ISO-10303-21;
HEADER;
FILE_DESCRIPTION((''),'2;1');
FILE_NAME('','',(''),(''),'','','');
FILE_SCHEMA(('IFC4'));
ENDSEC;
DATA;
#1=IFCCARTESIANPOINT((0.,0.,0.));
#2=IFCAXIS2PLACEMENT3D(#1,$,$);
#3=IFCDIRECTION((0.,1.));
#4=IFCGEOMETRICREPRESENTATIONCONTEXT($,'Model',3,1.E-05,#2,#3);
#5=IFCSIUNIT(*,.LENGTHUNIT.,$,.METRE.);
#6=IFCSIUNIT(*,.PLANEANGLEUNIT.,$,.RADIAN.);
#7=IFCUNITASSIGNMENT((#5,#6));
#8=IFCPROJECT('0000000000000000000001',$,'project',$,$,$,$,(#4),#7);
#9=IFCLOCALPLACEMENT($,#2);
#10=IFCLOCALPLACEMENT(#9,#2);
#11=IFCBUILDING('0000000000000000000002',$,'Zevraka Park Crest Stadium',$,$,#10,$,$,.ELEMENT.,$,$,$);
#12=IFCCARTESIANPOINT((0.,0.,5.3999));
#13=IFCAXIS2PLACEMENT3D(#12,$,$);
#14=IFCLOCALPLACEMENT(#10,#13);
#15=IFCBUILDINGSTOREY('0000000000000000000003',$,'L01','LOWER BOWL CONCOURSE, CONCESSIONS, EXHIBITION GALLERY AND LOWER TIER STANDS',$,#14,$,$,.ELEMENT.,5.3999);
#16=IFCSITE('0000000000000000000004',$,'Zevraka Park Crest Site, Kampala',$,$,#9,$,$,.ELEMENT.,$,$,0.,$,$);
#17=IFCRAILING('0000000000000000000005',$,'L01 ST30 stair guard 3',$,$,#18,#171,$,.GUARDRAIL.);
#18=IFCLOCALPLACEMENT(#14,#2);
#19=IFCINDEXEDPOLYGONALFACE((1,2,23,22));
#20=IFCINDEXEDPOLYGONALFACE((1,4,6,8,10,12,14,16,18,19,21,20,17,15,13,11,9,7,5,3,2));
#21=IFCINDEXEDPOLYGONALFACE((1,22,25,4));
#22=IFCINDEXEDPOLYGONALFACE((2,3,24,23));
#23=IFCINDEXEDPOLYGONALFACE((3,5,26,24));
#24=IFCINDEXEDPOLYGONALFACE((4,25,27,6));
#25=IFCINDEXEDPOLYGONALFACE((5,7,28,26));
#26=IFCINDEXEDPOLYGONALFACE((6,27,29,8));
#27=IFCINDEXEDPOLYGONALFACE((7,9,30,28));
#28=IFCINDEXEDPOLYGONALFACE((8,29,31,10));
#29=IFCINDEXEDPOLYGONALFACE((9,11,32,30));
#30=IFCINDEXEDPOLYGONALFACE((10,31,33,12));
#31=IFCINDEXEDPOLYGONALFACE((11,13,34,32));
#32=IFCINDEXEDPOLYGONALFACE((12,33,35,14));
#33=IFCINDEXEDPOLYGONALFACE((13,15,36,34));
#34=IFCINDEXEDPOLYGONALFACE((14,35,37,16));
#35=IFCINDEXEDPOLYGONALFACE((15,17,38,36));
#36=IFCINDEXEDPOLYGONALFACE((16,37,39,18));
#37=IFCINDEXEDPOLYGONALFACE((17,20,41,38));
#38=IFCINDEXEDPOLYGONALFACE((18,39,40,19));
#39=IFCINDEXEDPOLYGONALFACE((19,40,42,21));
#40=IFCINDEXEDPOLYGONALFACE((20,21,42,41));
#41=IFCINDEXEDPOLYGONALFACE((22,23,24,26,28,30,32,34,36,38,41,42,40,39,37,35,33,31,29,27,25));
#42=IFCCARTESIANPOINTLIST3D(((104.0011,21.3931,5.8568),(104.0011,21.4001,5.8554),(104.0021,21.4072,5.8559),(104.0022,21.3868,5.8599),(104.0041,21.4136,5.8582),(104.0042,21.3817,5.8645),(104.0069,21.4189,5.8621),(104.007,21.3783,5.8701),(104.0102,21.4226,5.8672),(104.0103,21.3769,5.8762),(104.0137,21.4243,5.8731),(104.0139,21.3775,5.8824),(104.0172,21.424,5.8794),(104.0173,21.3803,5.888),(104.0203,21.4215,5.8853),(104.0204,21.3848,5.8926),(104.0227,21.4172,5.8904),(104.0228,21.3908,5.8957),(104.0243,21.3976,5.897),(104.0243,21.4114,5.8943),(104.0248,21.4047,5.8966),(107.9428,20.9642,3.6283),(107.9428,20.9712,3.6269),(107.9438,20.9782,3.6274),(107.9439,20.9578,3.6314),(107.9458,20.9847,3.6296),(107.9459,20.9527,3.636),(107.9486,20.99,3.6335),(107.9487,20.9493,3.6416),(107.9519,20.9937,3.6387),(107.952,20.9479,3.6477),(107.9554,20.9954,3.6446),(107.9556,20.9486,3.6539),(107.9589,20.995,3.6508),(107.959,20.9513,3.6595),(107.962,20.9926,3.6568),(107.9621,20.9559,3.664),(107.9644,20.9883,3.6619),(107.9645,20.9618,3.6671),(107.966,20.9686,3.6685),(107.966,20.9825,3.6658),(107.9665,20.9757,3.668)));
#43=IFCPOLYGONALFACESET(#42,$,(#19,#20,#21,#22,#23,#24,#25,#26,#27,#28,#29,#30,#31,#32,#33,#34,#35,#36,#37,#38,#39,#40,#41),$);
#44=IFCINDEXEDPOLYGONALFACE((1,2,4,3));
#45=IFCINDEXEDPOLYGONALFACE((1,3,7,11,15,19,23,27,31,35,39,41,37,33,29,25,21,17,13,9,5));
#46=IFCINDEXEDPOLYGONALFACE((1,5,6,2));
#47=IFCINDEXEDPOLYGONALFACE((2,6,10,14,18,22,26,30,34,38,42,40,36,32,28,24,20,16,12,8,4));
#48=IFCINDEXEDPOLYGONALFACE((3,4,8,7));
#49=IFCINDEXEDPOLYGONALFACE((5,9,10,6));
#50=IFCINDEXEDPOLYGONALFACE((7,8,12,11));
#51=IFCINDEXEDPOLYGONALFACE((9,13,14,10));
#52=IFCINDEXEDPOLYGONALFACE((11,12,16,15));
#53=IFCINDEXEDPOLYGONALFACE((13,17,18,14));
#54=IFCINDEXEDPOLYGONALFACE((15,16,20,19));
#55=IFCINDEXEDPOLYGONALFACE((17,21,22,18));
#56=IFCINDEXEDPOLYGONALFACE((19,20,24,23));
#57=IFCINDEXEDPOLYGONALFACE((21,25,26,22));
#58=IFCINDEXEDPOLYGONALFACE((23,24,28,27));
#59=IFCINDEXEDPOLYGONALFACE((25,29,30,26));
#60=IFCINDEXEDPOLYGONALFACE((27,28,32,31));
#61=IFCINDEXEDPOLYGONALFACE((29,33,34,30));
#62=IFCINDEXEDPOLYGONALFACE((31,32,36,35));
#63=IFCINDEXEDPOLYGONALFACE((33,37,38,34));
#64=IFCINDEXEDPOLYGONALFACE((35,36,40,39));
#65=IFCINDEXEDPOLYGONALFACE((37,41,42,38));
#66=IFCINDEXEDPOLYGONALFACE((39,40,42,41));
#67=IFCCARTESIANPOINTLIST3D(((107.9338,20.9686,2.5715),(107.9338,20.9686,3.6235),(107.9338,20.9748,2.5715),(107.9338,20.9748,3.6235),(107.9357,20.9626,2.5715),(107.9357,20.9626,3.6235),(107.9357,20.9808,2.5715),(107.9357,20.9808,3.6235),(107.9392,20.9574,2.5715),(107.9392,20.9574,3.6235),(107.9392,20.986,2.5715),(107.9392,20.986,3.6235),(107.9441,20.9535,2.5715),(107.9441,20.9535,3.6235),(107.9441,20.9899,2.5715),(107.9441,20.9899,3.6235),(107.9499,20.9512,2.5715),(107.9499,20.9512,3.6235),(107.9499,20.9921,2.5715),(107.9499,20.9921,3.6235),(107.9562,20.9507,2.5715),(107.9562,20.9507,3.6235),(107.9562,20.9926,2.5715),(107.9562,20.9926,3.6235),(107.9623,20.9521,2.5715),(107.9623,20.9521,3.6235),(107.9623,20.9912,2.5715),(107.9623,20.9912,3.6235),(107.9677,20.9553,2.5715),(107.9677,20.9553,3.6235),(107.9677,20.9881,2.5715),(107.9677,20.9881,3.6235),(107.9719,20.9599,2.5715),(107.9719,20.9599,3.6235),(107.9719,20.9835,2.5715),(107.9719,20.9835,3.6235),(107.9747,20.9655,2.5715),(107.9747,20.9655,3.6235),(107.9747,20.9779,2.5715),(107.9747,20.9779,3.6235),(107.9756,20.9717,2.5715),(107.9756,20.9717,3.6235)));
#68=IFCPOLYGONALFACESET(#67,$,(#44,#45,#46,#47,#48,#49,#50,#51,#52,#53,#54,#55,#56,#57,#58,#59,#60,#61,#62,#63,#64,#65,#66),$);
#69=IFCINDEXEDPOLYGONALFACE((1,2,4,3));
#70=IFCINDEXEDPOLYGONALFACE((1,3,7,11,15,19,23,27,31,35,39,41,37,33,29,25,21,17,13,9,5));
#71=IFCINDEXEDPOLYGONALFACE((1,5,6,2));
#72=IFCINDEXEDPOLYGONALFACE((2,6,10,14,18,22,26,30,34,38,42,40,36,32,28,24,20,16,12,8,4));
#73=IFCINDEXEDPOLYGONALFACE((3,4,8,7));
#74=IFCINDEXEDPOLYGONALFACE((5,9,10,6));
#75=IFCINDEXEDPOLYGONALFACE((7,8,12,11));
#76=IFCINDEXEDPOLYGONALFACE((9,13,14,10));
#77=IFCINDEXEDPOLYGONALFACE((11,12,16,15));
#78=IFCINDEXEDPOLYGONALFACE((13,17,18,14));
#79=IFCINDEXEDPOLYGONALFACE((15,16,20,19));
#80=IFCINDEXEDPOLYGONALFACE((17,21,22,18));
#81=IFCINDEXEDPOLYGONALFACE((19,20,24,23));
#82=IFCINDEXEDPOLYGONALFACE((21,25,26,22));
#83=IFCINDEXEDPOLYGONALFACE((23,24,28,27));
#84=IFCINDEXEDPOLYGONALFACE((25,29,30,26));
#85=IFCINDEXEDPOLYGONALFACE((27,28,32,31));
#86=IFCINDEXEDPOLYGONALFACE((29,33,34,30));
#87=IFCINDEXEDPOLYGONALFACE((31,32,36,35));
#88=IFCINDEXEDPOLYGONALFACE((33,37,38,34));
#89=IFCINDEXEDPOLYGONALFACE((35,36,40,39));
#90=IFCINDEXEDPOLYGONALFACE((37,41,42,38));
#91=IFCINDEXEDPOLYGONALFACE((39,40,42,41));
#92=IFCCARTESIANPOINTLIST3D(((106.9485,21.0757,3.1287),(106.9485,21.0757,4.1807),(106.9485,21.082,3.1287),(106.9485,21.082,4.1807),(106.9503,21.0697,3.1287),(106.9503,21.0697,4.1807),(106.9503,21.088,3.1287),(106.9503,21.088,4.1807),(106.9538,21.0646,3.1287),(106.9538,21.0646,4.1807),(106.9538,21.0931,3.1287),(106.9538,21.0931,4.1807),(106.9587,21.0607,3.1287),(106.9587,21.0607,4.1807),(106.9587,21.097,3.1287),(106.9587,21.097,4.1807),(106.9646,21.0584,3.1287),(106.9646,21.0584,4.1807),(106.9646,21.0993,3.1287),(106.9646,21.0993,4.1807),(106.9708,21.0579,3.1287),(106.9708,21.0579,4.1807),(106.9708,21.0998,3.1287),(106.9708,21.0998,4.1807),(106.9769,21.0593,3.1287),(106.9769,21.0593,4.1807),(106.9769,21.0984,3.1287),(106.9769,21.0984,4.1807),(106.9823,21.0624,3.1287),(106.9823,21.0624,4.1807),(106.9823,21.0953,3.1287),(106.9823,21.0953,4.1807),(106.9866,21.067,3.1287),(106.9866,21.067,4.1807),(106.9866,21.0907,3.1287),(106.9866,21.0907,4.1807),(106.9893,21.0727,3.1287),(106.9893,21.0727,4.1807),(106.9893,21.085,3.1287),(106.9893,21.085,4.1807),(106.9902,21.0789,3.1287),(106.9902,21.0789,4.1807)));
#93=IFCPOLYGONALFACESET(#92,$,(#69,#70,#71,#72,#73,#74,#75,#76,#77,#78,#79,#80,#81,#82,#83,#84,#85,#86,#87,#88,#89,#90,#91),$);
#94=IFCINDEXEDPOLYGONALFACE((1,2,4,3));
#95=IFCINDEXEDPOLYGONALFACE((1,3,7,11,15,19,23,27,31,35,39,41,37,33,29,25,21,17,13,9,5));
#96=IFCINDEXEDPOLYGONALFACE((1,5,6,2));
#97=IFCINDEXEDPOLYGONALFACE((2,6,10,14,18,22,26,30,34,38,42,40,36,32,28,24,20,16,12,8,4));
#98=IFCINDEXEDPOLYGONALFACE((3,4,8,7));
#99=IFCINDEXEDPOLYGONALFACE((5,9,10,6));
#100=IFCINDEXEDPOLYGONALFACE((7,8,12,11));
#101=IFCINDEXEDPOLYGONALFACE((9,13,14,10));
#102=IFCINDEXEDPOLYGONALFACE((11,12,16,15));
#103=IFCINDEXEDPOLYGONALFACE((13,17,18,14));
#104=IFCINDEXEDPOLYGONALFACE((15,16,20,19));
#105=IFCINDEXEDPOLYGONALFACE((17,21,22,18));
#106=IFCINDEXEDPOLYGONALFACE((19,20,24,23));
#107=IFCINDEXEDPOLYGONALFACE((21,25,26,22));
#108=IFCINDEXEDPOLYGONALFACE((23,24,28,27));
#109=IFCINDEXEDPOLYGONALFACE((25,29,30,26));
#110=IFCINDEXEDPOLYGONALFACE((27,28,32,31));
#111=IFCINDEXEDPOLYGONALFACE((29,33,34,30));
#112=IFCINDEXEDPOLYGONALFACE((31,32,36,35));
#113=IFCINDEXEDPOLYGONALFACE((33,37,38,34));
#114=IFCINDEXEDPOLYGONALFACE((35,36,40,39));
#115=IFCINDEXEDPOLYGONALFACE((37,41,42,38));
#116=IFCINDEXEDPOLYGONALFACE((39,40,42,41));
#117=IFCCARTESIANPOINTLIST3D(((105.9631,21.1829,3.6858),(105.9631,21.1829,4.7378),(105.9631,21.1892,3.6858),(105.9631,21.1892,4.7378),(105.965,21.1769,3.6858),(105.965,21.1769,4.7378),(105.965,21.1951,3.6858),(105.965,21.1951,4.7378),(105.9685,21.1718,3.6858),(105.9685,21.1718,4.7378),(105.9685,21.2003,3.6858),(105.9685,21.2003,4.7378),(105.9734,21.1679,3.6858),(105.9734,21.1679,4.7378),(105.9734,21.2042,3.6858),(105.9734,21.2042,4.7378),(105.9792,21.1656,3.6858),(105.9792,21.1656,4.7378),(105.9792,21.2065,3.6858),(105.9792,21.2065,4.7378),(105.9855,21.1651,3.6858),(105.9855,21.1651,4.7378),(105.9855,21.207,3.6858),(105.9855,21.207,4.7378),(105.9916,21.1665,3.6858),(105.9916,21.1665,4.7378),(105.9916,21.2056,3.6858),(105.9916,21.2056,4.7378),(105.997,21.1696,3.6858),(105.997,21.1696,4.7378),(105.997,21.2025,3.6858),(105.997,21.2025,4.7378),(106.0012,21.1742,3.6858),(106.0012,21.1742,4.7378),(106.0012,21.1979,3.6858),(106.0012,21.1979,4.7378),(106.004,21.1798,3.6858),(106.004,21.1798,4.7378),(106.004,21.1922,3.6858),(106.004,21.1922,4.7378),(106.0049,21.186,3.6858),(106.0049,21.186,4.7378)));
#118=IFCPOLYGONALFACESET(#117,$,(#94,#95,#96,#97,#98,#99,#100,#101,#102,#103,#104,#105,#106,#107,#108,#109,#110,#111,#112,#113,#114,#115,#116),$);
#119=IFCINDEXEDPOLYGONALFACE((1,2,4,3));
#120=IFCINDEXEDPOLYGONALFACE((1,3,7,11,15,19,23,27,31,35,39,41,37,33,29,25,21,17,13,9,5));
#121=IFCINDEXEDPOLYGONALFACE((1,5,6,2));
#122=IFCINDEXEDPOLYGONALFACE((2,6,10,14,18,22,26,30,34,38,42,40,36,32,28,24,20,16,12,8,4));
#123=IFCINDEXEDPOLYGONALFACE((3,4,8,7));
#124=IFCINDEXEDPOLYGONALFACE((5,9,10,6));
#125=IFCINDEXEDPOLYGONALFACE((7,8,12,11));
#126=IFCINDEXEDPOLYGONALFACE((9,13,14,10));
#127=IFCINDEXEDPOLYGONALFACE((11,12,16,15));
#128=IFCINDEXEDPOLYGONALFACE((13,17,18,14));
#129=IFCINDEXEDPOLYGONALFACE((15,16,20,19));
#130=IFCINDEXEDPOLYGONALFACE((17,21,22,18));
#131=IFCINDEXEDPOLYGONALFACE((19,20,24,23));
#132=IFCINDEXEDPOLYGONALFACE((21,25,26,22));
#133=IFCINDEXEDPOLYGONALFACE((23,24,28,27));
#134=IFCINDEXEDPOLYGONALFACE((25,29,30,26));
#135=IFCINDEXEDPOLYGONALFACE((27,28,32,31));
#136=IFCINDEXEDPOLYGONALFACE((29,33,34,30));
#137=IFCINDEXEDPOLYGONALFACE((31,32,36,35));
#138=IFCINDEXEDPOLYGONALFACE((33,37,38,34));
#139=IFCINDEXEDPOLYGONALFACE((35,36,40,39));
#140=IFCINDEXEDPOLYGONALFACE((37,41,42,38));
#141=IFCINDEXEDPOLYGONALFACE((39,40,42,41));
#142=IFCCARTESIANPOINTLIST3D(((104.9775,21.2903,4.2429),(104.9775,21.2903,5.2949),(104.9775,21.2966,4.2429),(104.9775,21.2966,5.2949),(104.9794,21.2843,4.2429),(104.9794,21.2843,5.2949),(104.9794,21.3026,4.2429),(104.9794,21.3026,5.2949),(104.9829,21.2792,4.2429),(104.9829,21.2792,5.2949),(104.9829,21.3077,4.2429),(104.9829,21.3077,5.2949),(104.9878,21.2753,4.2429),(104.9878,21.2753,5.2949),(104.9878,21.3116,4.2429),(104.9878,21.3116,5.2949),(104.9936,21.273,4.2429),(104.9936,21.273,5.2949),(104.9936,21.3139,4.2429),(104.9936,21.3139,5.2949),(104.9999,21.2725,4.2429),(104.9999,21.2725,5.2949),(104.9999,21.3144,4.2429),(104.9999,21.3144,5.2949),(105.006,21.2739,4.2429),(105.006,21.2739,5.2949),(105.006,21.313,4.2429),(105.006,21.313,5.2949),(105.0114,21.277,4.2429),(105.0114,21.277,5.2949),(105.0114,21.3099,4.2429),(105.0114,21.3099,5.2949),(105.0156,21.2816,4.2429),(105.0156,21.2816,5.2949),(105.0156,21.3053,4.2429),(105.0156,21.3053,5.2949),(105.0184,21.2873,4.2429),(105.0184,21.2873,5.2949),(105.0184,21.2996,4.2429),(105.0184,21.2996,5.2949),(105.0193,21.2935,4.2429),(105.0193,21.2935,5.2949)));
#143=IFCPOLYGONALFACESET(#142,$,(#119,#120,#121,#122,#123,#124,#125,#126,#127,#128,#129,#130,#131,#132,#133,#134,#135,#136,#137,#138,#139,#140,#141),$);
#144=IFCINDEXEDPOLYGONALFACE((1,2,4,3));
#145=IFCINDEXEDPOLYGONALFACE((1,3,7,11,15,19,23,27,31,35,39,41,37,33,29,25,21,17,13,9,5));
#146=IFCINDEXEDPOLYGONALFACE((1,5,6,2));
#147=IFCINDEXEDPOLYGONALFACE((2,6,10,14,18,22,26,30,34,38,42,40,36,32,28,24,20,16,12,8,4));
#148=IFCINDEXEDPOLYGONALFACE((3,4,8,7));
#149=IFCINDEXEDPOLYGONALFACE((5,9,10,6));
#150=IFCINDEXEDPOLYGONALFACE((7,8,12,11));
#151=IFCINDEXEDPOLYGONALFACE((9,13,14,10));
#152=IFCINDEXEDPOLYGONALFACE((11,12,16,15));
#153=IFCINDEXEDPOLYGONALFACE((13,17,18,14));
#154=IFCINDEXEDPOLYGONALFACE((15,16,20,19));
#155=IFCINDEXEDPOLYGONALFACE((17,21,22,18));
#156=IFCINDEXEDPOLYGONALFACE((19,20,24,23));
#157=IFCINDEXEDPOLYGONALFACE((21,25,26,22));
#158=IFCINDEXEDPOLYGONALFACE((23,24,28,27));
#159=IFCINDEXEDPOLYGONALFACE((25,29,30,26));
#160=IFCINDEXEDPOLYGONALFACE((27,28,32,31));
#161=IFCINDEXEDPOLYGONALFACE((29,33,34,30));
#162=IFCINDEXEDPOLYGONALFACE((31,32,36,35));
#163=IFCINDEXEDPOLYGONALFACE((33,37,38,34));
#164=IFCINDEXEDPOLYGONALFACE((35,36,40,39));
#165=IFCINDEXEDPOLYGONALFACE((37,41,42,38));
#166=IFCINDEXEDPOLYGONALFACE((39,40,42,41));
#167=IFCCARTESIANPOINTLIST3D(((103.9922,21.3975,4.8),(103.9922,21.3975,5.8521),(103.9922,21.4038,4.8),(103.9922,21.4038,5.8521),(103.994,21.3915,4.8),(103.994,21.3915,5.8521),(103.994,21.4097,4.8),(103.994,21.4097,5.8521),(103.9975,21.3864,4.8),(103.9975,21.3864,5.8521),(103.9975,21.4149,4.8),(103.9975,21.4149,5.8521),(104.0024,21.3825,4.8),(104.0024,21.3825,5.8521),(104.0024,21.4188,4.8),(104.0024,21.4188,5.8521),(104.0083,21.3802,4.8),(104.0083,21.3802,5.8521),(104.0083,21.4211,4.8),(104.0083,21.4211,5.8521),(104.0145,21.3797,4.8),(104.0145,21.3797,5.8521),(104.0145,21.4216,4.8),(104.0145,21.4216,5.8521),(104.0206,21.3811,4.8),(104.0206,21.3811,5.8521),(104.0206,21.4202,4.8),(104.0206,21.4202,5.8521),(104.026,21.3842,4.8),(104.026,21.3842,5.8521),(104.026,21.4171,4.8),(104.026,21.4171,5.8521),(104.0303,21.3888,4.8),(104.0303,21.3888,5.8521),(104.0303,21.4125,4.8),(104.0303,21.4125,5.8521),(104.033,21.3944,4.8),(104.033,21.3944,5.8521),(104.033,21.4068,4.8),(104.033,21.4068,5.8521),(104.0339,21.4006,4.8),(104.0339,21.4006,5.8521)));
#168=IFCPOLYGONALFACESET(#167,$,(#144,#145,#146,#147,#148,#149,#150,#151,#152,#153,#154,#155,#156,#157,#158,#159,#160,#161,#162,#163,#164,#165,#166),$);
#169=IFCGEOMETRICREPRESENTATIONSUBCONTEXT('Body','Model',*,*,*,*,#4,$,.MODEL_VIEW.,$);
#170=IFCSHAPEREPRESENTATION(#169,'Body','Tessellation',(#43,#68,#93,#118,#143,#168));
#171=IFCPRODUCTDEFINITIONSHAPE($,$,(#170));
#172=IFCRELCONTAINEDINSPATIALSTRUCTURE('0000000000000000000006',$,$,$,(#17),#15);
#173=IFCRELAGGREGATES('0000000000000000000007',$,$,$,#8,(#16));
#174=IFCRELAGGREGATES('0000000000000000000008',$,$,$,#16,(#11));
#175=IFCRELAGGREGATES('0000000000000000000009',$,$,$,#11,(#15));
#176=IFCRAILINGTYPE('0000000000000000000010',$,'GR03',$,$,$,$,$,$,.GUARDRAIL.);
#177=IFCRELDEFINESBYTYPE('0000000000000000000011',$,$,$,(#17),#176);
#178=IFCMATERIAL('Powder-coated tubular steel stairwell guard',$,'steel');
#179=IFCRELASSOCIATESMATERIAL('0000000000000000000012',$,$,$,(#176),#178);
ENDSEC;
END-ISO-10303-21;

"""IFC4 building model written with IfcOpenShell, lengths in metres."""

from ifc_helpers import new_model, si_unit, direction, frame, origin, origin_2d, place, context, subcontext, project, spatial, circle, extrude, material, type_object, element, save


model = new_model("IFC4")

# Units and contexts
model_context = context("Model", 3, precision=1e-05, world=origin(), true_north=direction((0.0, 1.0)))
body_context = subcontext(model_context, "Body", "Model", "MODEL_VIEW")
ifc_project = project(units=[si_unit("LENGTHUNIT", "METRE"), si_unit("PLANEANGLEUNIT", "RADIAN")], contexts=[model_context])

# Site, building, storey
site_placement = place(None, origin())
site = spatial("IfcSite", under=ifc_project, at=site_placement, Name="Zevraka Park Crest Site, Kampala", CompositionType="ELEMENT", RefElevation=0.0)
building_placement = place(site_placement, origin())
building = spatial("IfcBuilding", under=site, at=building_placement, Name="Zevraka Park Crest Stadium", CompositionType="ELEMENT")
storey_placement = place(building_placement, frame((0.0, 0.0, 5.3999)))
storey = spatial("IfcBuildingStorey", under=building, at=storey_placement, Name="L01", Description="LOWER BOWL CONCOURSE, CONCESSIONS, EXHIBITION GALLERY AND LOWER TIER STANDS", CompositionType="ELEMENT", Elevation=5.3999)

# Railing
ifc_material_1 = material(Name="Powder-coated tubular steel stairwell guard", Category="steel")
railing_type_1 = type_object("IfcRailingType", Name="GR03", PredefinedType="GUARDRAIL", material=ifc_material_1)
railing_1_placement = place(storey_placement, frame((107.9546, 20.9717, 2.5715)))
element("IfcRailing", 1, at=railing_1_placement, inside=storey, type_object=railing_type_1, Name="L01 ST30 stair guard 3", PredefinedType="GUARDRAIL", context=body_context, shape_type="SweptSolid", body=[
    extrude(circle(Radius=0.0239, at=origin_2d()), frame((0.0, 0.0, 1.0762), z_axis=(-0.866624, 0.094311, 0.489968), x_axis=(-0.108188, -0.994131, 0.0)), (0.0, 0.0, 1.0), 4.5483),
    extrude(circle(Radius=0.021, at=origin_2d()), origin(), (0.0, 0.0, 1.0), 1.052),
    extrude(circle(Radius=0.021, at=origin_2d()), frame((-0.9854, 0.1072, 0.5571)), (0.0, 0.0, 1.0), 1.052),
    extrude(circle(Radius=0.021, at=origin_2d()), frame((-1.9707, 0.2144, 1.1143)), (0.0, 0.0, 1.0), 1.052),
    extrude(circle(Radius=0.021, at=origin_2d()), frame((-2.9563, 0.3218, 1.6714)), (0.0, 0.0, 1.0), 1.052),
    extrude(circle(Radius=0.021, at=origin_2d()), frame((-3.9417, 0.429, 2.2285)), (0.0, 0.0, 1.0), 1.052),
])

save(model, "model.ifc")
